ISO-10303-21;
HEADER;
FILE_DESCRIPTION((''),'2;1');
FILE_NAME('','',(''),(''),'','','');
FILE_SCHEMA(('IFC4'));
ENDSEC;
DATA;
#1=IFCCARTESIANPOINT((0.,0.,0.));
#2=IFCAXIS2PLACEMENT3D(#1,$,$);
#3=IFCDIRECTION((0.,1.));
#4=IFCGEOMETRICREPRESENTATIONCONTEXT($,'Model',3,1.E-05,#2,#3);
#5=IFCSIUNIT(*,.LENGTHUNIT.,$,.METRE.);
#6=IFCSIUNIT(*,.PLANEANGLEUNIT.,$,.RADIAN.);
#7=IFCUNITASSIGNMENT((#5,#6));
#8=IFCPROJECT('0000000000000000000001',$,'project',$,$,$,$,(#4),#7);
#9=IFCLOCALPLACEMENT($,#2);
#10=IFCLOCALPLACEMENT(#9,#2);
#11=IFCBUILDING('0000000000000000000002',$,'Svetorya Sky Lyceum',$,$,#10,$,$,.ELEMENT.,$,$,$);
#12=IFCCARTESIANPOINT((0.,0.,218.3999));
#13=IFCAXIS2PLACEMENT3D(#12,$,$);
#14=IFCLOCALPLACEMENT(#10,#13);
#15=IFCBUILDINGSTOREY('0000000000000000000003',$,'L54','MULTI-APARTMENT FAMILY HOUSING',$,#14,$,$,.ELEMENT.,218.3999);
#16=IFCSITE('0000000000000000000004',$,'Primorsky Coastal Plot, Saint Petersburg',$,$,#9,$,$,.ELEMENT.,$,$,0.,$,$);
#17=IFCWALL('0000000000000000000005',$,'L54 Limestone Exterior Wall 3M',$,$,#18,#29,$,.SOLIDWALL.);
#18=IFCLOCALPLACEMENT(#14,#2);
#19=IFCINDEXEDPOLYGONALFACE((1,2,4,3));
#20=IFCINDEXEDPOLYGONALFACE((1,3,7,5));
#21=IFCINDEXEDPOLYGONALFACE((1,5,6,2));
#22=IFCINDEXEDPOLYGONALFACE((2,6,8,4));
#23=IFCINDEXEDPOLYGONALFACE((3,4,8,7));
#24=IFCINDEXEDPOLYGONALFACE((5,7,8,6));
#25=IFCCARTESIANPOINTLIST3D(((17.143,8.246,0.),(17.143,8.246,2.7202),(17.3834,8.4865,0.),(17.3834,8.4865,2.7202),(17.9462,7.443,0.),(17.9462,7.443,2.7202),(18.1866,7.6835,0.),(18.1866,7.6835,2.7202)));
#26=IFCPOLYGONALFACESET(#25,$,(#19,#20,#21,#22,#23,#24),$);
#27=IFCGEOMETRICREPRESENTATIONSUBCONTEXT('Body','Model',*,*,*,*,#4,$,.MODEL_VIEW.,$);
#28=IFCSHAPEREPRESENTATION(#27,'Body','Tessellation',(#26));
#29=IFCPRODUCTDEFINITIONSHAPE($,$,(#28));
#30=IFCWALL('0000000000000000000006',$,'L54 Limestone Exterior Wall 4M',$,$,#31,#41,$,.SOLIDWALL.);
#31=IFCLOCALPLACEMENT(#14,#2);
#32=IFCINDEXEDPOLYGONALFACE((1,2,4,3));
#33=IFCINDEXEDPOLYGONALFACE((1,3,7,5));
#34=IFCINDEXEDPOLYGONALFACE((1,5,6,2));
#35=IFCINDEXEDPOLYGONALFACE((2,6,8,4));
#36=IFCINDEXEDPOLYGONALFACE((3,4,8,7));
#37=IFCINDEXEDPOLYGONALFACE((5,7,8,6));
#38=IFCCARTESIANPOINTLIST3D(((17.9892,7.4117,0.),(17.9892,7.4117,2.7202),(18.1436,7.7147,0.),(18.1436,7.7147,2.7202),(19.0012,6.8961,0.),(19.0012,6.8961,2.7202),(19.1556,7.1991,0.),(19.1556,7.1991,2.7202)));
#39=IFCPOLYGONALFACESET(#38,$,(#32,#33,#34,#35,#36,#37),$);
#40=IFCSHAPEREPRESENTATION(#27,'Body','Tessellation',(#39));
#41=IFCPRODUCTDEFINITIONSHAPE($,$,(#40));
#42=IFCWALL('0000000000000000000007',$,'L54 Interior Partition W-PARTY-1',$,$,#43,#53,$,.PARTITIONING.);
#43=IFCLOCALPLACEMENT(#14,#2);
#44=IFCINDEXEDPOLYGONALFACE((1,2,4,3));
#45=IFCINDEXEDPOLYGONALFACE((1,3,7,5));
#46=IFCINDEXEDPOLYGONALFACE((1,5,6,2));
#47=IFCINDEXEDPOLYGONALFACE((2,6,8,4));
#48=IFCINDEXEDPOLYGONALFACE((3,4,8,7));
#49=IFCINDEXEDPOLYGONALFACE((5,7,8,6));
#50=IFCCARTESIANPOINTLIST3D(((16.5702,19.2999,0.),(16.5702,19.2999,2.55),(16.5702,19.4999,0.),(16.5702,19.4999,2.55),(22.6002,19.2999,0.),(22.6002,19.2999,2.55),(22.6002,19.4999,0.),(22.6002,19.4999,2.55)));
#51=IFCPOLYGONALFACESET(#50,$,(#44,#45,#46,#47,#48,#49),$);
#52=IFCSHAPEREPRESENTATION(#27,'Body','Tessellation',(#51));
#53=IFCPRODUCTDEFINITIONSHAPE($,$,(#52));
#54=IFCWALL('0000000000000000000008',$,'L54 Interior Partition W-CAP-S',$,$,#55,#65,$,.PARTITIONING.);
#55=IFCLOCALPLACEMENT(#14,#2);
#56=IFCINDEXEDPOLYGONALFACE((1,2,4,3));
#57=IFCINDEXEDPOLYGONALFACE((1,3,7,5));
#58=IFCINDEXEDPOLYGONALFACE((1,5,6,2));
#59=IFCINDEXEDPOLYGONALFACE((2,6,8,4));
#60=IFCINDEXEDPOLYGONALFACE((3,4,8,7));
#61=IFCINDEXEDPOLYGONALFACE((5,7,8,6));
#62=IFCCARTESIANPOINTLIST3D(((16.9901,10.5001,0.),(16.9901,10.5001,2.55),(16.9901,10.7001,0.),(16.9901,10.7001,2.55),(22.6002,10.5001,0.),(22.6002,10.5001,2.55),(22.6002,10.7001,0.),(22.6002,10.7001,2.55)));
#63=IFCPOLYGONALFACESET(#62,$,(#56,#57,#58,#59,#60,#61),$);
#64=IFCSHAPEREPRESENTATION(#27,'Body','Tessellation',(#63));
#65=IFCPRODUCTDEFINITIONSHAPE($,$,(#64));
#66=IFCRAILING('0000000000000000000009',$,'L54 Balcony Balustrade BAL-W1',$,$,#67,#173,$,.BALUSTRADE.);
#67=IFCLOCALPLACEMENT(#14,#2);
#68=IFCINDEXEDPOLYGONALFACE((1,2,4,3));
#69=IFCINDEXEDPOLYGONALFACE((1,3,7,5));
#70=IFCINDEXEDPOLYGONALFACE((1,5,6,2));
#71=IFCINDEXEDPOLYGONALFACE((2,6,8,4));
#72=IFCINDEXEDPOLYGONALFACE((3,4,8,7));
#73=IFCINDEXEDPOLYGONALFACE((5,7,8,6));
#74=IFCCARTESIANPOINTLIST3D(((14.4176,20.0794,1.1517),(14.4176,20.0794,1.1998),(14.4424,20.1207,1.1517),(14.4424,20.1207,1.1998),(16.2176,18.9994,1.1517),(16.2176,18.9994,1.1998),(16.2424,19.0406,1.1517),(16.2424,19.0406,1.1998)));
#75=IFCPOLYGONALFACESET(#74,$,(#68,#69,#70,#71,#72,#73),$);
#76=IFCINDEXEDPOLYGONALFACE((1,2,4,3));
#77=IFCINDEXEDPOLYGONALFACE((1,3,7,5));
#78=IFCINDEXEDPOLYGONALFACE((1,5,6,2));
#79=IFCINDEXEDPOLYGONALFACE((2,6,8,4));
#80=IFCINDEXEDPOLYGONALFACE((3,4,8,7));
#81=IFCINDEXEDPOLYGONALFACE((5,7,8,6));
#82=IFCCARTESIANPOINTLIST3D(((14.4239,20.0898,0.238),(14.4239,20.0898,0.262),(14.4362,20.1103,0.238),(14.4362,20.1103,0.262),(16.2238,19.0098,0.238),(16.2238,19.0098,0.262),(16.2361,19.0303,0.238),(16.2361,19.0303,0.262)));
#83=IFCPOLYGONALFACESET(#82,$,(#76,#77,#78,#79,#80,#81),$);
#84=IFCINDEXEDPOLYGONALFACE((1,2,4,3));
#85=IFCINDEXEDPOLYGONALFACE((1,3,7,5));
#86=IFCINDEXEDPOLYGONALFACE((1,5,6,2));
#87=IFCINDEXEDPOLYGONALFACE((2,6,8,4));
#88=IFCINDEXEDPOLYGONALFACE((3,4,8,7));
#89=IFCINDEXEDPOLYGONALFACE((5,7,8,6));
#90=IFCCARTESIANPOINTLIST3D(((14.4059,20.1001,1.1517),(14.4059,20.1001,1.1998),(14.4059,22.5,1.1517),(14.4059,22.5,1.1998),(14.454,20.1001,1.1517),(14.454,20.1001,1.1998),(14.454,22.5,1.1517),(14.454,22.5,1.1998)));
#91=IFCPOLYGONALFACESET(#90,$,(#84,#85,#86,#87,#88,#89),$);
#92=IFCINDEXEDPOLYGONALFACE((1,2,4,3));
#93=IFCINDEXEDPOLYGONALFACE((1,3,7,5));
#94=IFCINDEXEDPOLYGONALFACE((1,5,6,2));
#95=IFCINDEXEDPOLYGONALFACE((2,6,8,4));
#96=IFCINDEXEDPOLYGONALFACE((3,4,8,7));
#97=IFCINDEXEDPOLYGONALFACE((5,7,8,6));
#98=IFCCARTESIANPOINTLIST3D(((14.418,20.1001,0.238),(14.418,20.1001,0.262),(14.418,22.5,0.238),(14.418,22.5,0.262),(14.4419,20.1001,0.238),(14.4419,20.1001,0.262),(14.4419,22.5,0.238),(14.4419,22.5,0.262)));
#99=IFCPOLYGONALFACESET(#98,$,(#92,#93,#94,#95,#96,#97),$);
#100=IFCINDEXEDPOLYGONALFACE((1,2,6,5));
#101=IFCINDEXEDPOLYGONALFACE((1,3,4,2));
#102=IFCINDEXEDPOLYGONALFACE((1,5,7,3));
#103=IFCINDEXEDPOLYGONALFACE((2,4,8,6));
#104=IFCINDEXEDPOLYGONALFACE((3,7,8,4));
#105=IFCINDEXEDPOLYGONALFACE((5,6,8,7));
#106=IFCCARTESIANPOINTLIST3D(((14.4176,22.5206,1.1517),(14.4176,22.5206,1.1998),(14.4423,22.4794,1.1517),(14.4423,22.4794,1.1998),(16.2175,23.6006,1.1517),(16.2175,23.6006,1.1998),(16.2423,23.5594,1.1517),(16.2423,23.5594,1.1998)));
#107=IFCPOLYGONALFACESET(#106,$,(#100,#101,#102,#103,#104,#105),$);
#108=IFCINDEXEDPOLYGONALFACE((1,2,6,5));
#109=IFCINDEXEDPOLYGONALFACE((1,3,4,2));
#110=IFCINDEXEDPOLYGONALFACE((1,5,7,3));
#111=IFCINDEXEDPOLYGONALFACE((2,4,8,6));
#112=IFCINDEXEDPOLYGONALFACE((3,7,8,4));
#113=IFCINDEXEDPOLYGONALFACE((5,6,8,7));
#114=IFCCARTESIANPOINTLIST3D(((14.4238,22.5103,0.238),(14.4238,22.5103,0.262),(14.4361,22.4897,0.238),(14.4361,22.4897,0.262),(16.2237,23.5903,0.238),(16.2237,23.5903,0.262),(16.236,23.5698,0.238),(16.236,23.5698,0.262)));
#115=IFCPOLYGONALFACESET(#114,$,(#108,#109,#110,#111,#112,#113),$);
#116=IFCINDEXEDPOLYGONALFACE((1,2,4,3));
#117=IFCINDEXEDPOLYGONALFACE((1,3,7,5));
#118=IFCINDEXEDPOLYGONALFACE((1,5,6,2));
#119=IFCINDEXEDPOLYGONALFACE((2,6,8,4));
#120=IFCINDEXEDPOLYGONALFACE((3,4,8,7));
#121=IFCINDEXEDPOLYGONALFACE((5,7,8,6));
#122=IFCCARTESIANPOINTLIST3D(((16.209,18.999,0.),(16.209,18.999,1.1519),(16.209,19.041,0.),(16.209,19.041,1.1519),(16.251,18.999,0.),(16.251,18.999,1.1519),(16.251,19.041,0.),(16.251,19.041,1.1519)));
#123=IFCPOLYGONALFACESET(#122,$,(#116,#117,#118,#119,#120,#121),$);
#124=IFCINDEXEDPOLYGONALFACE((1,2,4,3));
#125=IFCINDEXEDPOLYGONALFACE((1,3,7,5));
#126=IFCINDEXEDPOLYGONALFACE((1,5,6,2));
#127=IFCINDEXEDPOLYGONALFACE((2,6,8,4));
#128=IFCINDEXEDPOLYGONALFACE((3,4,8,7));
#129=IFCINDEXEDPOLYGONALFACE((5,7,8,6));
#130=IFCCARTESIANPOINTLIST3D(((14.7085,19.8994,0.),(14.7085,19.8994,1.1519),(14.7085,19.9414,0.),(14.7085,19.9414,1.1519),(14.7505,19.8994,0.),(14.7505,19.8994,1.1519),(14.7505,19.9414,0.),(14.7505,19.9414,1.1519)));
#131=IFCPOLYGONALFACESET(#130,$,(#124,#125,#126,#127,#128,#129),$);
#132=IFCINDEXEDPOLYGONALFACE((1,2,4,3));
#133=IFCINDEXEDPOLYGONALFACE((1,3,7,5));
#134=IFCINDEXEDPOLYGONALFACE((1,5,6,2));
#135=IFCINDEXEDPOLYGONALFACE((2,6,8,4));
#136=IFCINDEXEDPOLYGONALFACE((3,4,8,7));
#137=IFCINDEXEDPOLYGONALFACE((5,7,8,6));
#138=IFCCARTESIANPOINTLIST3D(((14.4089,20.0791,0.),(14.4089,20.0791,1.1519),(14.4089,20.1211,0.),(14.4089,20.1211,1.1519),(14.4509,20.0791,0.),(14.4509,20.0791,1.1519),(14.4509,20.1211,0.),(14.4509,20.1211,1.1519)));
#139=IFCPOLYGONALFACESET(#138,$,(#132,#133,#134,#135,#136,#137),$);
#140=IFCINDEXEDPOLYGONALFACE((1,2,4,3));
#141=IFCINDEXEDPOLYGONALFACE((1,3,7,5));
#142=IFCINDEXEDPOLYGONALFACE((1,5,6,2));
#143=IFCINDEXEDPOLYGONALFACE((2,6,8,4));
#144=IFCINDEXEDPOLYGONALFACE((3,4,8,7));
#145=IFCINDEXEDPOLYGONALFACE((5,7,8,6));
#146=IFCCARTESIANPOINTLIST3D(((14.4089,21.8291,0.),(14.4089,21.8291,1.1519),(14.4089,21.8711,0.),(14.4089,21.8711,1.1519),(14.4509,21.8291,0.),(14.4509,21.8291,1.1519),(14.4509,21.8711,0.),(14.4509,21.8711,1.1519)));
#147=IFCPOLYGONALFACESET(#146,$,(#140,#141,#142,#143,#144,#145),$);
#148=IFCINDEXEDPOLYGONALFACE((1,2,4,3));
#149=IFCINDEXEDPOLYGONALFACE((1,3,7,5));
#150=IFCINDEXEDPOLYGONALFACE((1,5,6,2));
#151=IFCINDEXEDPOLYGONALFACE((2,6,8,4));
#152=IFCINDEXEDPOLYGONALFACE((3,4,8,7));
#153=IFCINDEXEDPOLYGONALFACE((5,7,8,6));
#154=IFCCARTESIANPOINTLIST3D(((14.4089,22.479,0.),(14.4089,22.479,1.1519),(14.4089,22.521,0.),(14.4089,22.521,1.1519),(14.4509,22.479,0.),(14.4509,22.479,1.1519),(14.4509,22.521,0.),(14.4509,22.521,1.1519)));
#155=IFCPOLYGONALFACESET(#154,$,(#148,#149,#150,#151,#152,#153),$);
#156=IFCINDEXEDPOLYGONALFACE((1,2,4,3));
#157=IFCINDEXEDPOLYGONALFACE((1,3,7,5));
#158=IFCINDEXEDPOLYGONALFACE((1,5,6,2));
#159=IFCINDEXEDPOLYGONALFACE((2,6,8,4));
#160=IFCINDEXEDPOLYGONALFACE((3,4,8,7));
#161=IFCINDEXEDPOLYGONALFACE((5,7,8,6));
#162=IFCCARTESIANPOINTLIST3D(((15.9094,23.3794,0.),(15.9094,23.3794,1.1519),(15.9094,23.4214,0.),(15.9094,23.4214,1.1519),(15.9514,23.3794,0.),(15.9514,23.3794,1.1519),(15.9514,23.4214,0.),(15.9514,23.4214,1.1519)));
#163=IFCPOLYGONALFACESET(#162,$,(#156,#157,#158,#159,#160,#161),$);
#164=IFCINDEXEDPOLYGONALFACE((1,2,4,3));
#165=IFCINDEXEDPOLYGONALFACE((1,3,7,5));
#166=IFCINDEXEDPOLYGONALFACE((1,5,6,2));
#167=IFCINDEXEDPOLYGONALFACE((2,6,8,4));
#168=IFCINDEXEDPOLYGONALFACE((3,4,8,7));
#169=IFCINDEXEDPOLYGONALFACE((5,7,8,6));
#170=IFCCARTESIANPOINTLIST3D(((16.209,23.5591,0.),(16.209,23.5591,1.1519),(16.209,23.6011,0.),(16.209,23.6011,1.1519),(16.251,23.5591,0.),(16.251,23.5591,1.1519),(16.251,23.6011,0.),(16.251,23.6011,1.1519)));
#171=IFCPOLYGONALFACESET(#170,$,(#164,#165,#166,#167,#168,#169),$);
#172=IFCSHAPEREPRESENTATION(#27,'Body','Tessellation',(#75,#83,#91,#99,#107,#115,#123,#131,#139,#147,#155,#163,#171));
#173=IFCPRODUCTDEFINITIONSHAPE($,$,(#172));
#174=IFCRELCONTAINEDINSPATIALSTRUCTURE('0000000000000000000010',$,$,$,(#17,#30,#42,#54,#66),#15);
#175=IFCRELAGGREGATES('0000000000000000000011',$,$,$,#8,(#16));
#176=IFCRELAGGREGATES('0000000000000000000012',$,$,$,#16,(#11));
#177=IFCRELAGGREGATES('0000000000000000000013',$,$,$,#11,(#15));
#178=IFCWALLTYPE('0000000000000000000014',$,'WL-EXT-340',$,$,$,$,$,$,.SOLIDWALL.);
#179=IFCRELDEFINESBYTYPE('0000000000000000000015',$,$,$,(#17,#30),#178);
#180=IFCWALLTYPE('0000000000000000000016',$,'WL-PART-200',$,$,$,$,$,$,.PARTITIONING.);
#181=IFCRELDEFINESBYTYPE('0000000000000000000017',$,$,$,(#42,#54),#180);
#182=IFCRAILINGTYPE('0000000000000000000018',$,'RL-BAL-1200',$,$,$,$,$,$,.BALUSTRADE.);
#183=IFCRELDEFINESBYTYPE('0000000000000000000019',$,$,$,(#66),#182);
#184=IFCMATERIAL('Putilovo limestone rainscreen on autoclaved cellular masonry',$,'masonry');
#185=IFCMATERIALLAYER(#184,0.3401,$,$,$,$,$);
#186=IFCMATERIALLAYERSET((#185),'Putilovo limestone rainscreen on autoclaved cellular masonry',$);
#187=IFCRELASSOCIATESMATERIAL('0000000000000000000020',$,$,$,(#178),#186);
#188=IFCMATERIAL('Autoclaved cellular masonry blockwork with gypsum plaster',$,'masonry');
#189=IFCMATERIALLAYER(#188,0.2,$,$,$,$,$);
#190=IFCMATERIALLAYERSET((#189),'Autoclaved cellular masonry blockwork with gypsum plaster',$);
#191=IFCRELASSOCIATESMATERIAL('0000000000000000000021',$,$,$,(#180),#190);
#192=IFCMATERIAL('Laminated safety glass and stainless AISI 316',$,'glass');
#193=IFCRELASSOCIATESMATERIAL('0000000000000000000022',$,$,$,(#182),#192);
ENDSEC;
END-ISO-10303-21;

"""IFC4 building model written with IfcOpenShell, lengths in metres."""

from ifc_helpers import new_model, si_unit, direction, frame, frame_2d, origin, origin_2d, place, context, subcontext, project, spatial, rectangle, extrude, material, layer, layer_set, type_object, element, save


model = new_model("IFC4")

# Units and contexts
model_context = context("Model", 3, precision=1e-05, world=origin(), true_north=direction((0.0, 1.0)))
body_context = subcontext(model_context, "Body", "Model", "MODEL_VIEW")
ifc_project = project(units=[si_unit("LENGTHUNIT", "METRE"), si_unit("PLANEANGLEUNIT", "RADIAN")], contexts=[model_context])

# Site, building, storey
site_placement = place(None, origin())
site = spatial("IfcSite", under=ifc_project, at=site_placement, Name="Primorsky Coastal Plot, Saint Petersburg", CompositionType="ELEMENT", RefElevation=0.0)
building_placement = place(site_placement, origin())
building = spatial("IfcBuilding", under=site, at=building_placement, Name="Svetorya Sky Lyceum", CompositionType="ELEMENT")
storey_placement = place(building_placement, frame((0.0, 0.0, 218.3999)))
storey = spatial("IfcBuildingStorey", under=building, at=storey_placement, Name="L54", Description="MULTI-APARTMENT FAMILY HOUSING", CompositionType="ELEMENT", Elevation=218.3999)

# Walls
ifc_material_1 = material(Name="Putilovo limestone rainscreen on autoclaved cellular masonry", Category="masonry")
ifc_layer_1 = layer(ifc_material_1, 0.3401)
ifc_layer_set_1 = layer_set([ifc_layer_1], Name="Putilovo limestone rainscreen on autoclaved cellular masonry")
wall_type_1 = type_object("IfcWallType", Name="WL-EXT-340", PredefinedType="SOLIDWALL", material=ifc_layer_set_1)
for number, where, z_axis, x_axis, name in (
    (1, (17.2632, 8.3662, 0.0), (0.0, 0.0, 1.0), (0.707214, -0.706999, 0.0), "L54 Limestone Exterior Wall 3M"),
    (2, (18.0664, 7.5632, 0.0), (0.0, 0.0, 1.0), (0.891005, -0.453993, 0.0), "L54 Limestone Exterior Wall 4M"),
):
    element("IfcWall", number, at=place(storey_placement, frame(where, z_axis=z_axis, x_axis=x_axis)), inside=storey, type_object=wall_type_1, Name=name, PredefinedType="SOLIDWALL", context=body_context, shape_type="SweptSolid", body=[
        extrude(rectangle(XDim=1.1357, YDim=0.3401, at=frame_2d((0.5679, 0.0))), origin(), (0.0, 0.0, 1.0), 2.7202),
    ])
ifc_material_2 = material(Name="Autoclaved cellular masonry blockwork with gypsum plaster", Category="masonry")
ifc_layer_2 = layer(ifc_material_2, 0.2)
ifc_layer_set_2 = layer_set([ifc_layer_2], Name="Autoclaved cellular masonry blockwork with gypsum plaster")
wall_type_2 = type_object("IfcWallType", Name="WL-PART-200", PredefinedType="PARTITIONING", material=ifc_layer_set_2)
wall_1_placement = place(storey_placement, frame((16.5701, 19.3999, 0.0), z_axis=(0.0, 0.0, 1.0), x_axis=(1.0, 0.0, 0.0)))
element("IfcWall", 3, at=wall_1_placement, inside=storey, type_object=wall_type_2, Name="L54 Interior Partition W-PARTY-1", PredefinedType="PARTITIONING", context=body_context, shape_type="SweptSolid", body=[
    extrude(rectangle(XDim=6.03, YDim=0.2, at=frame_2d((3.0151, 0.0))), origin(), (0.0, 0.0, 1.0), 2.55),
])
wall_2_placement = place(storey_placement, frame((16.99, 10.6001, 0.0), z_axis=(0.0, 0.0, 1.0), x_axis=(1.0, 0.0, 0.0)))
element("IfcWall", 4, at=wall_2_placement, inside=storey, type_object=wall_type_2, Name="L54 Interior Partition W-CAP-S", PredefinedType="PARTITIONING", context=body_context, shape_type="SweptSolid", body=[
    extrude(rectangle(XDim=5.6101, YDim=0.2, at=frame_2d((2.8052, 0.0))), origin(), (0.0, 0.0, 1.0), 2.55),
])

# Railing
ifc_material_3 = material(Name="Laminated safety glass and stainless AISI 316", Category="glass")
railing_type = type_object("IfcRailingType", Name="RL-BAL-1200", PredefinedType="BALUSTRADE", material=ifc_material_3)
railing_placement = place(storey_placement, frame((16.23, 19.02, 0.0)))
element("IfcRailing", 5, at=railing_placement, inside=storey, type_object=railing_type, Name="L54 Balcony Balustrade BAL-W1", PredefinedType="BALUSTRADE", context=body_context, shape_type="SweptSolid", body=[
    extrude(rectangle(XDim=0.0481, YDim=0.0481, at=origin_2d()), frame((0.0, 0.0, 1.1758), z_axis=(-0.857483, 0.514513, 0.0), x_axis=(-0.514513, -0.857483, 0.0)), (0.0, 0.0, 1.0), 2.0991),
    extrude(rectangle(XDim=0.0239, YDim=0.0239, at=origin_2d()), frame((0.0, 0.0, 0.25), z_axis=(-0.857483, 0.514513, 0.0), x_axis=(-0.514513, -0.857483, 0.0)), (0.0, 0.0, 1.0), 2.0991),
    extrude(rectangle(XDim=0.0481, YDim=0.0481, at=origin_2d()), frame((-1.8, 1.0801, 1.1758), z_axis=(0.0, 1.0, 0.0), x_axis=(-1.0, 0.0, 0.0)), (0.0, 0.0, 1.0), 2.3999),
    extrude(rectangle(XDim=0.0239, YDim=0.0239, at=origin_2d()), frame((-1.8, 1.0801, 0.25), z_axis=(0.0, 1.0, 0.0), x_axis=(-1.0, 0.0, 0.0)), (0.0, 0.0, 1.0), 2.3999),
    extrude(rectangle(XDim=0.0481, YDim=0.0481, at=origin_2d()), frame((-1.8, 3.48, 1.1758), z_axis=(0.857483, 0.514513, 0.0), x_axis=(-0.514513, 0.857483, 0.0)), (0.0, 0.0, 1.0), 2.0991),
    extrude(rectangle(XDim=0.0239, YDim=0.0239, at=origin_2d()), frame((-1.8, 3.48, 0.25), z_axis=(0.857483, 0.514513, 0.0), x_axis=(-0.514513, 0.857483, 0.0)), (0.0, 0.0, 1.0), 2.0991),
    extrude(rectangle(XDim=0.042, YDim=0.042, at=origin_2d()), origin(), (0.0, 0.0, 1.0), 1.1519),
    extrude(rectangle(XDim=0.042, YDim=0.042, at=origin_2d()), frame((-1.5005, 0.9004, 0.0)), (0.0, 0.0, 1.0), 1.1519),
    extrude(rectangle(XDim=0.042, YDim=0.042, at=origin_2d()), frame((-1.8, 1.0801, 0.0)), (0.0, 0.0, 1.0), 1.1519),
    extrude(rectangle(XDim=0.042, YDim=0.042, at=origin_2d()), frame((-1.8, 2.8301, 0.0)), (0.0, 0.0, 1.0), 1.1519),
    extrude(rectangle(XDim=0.042, YDim=0.042, at=origin_2d()), frame((-1.8, 3.48, 0.0)), (0.0, 0.0, 1.0), 1.1519),
    extrude(rectangle(XDim=0.042, YDim=0.042, at=origin_2d()), frame((-0.2996, 4.3804, 0.0)), (0.0, 0.0, 1.0), 1.1519),
    extrude(rectangle(XDim=0.042, YDim=0.042, at=origin_2d()), frame((0.0, 4.5601, 0.0)), (0.0, 0.0, 1.0), 1.1519),
])

save(model, "model.ifc")
